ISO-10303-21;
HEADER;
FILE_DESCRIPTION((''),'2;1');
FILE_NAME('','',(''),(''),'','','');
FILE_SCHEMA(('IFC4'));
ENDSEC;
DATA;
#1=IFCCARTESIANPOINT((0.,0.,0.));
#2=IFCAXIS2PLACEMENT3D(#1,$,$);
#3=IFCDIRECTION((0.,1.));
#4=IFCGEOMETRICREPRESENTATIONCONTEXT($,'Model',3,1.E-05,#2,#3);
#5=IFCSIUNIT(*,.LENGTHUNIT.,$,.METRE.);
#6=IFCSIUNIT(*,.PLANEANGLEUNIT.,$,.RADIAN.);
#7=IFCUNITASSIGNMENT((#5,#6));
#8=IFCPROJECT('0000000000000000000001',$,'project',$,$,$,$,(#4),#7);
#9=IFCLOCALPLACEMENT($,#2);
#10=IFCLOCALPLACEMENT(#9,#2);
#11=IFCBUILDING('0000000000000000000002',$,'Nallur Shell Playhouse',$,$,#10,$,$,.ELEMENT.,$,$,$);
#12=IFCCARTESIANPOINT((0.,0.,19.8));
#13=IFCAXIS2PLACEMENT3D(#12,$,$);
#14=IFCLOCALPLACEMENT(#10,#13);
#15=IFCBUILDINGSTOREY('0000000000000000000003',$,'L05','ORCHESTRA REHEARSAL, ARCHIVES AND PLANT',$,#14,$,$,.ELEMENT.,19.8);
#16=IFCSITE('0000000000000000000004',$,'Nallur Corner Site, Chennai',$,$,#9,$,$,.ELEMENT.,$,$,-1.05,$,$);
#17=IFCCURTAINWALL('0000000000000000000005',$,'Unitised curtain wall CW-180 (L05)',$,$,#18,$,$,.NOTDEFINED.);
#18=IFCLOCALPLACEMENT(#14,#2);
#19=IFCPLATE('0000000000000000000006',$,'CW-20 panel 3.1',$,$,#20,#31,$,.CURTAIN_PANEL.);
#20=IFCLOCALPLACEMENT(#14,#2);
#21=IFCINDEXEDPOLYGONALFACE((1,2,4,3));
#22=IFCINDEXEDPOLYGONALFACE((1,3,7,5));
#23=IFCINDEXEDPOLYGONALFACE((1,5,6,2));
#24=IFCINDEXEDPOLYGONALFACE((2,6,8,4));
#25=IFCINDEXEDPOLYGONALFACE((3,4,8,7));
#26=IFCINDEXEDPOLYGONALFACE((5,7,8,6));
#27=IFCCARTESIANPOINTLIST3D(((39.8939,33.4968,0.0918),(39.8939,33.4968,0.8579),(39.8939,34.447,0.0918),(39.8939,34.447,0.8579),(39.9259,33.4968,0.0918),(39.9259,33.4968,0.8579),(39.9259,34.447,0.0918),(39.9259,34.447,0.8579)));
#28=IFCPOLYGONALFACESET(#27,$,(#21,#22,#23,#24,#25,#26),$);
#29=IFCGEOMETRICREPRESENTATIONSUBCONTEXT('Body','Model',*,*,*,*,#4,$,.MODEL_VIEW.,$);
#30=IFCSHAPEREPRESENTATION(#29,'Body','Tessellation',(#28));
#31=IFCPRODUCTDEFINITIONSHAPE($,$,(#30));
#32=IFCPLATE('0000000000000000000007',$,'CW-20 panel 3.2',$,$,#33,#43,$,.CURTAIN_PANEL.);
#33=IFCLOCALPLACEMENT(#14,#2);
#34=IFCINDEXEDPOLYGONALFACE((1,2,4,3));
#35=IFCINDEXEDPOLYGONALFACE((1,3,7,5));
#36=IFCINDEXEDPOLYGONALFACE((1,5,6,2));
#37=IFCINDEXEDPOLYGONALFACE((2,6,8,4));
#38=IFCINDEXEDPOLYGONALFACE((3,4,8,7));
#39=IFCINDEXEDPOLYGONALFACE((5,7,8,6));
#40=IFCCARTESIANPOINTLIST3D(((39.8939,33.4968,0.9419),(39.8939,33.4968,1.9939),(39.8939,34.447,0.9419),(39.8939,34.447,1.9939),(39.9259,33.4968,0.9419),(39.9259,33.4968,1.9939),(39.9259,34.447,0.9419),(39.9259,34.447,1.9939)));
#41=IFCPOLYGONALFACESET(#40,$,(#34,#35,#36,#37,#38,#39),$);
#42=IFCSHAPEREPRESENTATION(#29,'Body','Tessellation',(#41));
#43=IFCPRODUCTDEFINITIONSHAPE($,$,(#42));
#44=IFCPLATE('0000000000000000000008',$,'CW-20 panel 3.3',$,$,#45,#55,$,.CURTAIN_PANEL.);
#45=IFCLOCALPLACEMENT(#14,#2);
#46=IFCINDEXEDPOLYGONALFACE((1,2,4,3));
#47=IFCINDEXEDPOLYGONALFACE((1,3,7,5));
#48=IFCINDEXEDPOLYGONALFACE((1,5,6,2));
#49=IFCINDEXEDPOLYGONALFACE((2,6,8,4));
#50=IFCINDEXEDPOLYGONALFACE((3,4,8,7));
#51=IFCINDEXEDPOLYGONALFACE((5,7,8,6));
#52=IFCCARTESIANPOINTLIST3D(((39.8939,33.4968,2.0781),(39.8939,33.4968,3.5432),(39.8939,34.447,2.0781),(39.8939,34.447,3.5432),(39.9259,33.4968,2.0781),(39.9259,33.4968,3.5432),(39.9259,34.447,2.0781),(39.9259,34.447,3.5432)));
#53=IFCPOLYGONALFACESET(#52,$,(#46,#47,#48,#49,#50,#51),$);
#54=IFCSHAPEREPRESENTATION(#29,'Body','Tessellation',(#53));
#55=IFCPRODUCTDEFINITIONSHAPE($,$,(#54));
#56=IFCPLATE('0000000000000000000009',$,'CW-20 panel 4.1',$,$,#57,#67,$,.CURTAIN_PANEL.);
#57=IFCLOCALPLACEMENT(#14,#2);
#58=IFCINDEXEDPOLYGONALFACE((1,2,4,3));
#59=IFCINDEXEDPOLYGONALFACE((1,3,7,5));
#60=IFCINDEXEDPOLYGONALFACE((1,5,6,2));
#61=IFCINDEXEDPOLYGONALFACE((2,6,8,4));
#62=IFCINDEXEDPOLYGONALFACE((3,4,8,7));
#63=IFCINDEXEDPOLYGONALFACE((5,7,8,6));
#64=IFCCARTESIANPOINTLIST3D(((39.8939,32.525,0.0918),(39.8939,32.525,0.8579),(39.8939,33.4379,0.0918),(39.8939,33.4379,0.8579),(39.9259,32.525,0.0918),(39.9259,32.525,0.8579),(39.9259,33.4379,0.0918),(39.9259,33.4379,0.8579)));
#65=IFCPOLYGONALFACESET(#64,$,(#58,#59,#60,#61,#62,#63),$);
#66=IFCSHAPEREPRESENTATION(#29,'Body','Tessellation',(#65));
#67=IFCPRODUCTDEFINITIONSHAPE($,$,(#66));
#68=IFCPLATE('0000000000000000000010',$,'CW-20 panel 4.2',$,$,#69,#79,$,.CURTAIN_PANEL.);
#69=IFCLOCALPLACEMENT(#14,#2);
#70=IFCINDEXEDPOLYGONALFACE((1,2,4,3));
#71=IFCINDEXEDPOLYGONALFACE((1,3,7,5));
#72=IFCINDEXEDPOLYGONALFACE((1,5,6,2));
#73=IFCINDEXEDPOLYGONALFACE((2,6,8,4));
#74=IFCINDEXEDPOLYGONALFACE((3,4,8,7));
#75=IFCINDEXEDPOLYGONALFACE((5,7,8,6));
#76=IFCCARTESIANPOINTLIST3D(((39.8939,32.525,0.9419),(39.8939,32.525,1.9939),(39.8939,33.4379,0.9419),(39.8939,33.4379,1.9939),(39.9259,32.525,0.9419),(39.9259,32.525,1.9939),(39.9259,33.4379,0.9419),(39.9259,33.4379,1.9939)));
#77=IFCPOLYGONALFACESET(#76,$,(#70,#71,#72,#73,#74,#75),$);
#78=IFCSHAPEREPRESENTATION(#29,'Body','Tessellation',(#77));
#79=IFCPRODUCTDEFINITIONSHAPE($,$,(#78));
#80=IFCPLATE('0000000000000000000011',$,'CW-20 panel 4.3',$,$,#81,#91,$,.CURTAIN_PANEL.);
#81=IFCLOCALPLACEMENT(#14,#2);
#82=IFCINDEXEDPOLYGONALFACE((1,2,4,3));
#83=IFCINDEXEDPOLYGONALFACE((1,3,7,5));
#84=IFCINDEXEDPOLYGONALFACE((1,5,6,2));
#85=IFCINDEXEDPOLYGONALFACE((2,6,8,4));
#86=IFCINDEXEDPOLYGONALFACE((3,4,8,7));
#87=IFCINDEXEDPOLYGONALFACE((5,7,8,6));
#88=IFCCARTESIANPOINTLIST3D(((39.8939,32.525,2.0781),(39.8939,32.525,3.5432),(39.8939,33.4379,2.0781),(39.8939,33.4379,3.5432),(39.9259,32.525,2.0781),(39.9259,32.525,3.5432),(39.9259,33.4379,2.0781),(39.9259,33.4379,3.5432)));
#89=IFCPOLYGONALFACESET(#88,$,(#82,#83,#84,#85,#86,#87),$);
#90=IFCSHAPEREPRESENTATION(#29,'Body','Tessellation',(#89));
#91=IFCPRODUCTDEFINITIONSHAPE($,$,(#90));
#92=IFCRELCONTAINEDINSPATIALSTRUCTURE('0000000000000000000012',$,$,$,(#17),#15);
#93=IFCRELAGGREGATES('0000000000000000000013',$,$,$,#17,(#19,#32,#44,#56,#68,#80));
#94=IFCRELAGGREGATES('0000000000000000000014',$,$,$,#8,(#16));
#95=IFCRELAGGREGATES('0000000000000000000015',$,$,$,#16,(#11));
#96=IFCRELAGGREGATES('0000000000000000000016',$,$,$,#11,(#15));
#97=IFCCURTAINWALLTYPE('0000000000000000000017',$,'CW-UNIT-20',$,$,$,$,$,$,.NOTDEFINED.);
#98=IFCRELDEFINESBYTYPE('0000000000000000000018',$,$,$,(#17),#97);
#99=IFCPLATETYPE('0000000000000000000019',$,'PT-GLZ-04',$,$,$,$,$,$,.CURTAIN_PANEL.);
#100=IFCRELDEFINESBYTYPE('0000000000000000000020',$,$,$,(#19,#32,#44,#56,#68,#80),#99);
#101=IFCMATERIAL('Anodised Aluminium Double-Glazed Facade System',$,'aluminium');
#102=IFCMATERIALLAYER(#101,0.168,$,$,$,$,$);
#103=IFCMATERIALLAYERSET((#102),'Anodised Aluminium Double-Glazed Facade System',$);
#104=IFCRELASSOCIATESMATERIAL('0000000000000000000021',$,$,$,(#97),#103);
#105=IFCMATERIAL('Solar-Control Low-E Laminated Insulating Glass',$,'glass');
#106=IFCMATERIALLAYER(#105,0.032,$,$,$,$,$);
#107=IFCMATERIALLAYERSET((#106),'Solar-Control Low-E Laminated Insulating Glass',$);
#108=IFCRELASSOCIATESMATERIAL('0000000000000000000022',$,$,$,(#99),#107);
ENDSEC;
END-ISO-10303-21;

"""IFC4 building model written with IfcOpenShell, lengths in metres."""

from ifc_helpers import new_model, si_unit, direction, frame, origin, origin_2d, place, context, subcontext, project, spatial, rectangle, extrude, material, layer, layer_set, type_object, element, aggregate, save


model = new_model("IFC4")

# Units and contexts
model_context = context("Model", 3, precision=1e-05, world=origin(), true_north=direction((0.0, 1.0)))
body_context = subcontext(model_context, "Body", "Model", "MODEL_VIEW")
ifc_project = project(units=[si_unit("LENGTHUNIT", "METRE"), si_unit("PLANEANGLEUNIT", "RADIAN")], contexts=[model_context])

# Site, building, storey
site_placement = place(None, origin())
site = spatial("IfcSite", under=ifc_project, at=site_placement, Name="Nallur Corner Site, Chennai", CompositionType="ELEMENT", RefElevation=-1.05)
building_placement = place(site_placement, origin())
building = spatial("IfcBuilding", under=site, at=building_placement, Name="Nallur Shell Playhouse", CompositionType="ELEMENT")
storey_placement = place(building_placement, frame((0.0, 0.0, 19.8)))
storey = spatial("IfcBuildingStorey", under=building, at=storey_placement, Name="L05", Description="ORCHESTRA REHEARSAL, ARCHIVES AND PLANT", CompositionType="ELEMENT", Elevation=19.8)

# Curtain wall, plates
ifc_material_1 = material(Name="Anodised Aluminium Double-Glazed Facade System", Category="aluminium")
ifc_layer_1 = layer(ifc_material_1, 0.168)
ifc_layer_set_1 = layer_set([ifc_layer_1], Name="Anodised Aluminium Double-Glazed Facade System")
curtain_wall_type = type_object("IfcCurtainWallType", Name="CW-UNIT-20", PredefinedType="NOTDEFINED", material=ifc_layer_set_1)
curtain_wall_placement = place(storey_placement, origin())
curtain_wall = element("IfcCurtainWall", 1, at=curtain_wall_placement, inside=storey, type_object=curtain_wall_type, Name="Unitised curtain wall CW-180 (L05)", PredefinedType="NOTDEFINED")
ifc_material_2 = material(Name="Solar-Control Low-E Laminated Insulating Glass", Category="glass")
ifc_layer_2 = layer(ifc_material_2, 0.032)
ifc_layer_set_2 = layer_set([ifc_layer_2], Name="Solar-Control Low-E Laminated Insulating Glass")
plate_type = type_object("IfcPlateType", Name="PT-GLZ-04", PredefinedType="CURTAIN_PANEL", material=ifc_layer_set_2)
plate_1_placement = place(storey_placement, frame((39.9099, 33.9719, 0.0918), z_axis=(0.0, 0.0, 1.0), x_axis=(0.0, -1.0, 0.0)))
plate_1 = element("IfcPlate", 2, at=plate_1_placement, type_object=plate_type, Name="CW-20 panel 3.1", PredefinedType="CURTAIN_PANEL", context=body_context, shape_type="SweptSolid", body=[
    extrude(rectangle(XDim=0.9502, YDim=0.032, at=origin_2d()), origin(), (0.0, 0.0, 1.0), 0.7661),
])
plate_2_placement = place(storey_placement, frame((39.9099, 33.9719, 0.9419), z_axis=(0.0, 0.0, 1.0), x_axis=(0.0, -1.0, 0.0)))
plate_2 = element("IfcPlate", 3, at=plate_2_placement, type_object=plate_type, Name="CW-20 panel 3.2", PredefinedType="CURTAIN_PANEL", context=body_context, shape_type="SweptSolid", body=[
    extrude(rectangle(XDim=0.9502, YDim=0.032, at=origin_2d()), origin(), (0.0, 0.0, 1.0), 1.052),
])
plate_3_placement = place(storey_placement, frame((39.9099, 33.9719, 2.0781), z_axis=(0.0, 0.0, 1.0), x_axis=(0.0, -1.0, 0.0)))
plate_3 = element("IfcPlate", 4, at=plate_3_placement, type_object=plate_type, Name="CW-20 panel 3.3", PredefinedType="CURTAIN_PANEL", context=body_context, shape_type="SweptSolid", body=[
    extrude(rectangle(XDim=0.9502, YDim=0.032, at=origin_2d()), origin(), (0.0, 0.0, 1.0), 1.4651),
])
plate_4_placement = place(storey_placement, frame((39.9099, 32.9814, 0.0918), z_axis=(0.0, 0.0, 1.0), x_axis=(0.0, -1.0, 0.0)))
plate_4 = element("IfcPlate", 5, at=plate_4_placement, type_object=plate_type, Name="CW-20 panel 4.1", PredefinedType="CURTAIN_PANEL", context=body_context, shape_type="SweptSolid", body=[
    extrude(rectangle(XDim=0.9128, YDim=0.032, at=origin_2d()), origin(), (0.0, 0.0, 1.0), 0.7661),
])
plate_5_placement = place(storey_placement, frame((39.9099, 32.9814, 0.9419), z_axis=(0.0, 0.0, 1.0), x_axis=(0.0, -1.0, 0.0)))
plate_5 = element("IfcPlate", 6, at=plate_5_placement, type_object=plate_type, Name="CW-20 panel 4.2", PredefinedType="CURTAIN_PANEL", context=body_context, shape_type="SweptSolid", body=[
    extrude(rectangle(XDim=0.9128, YDim=0.032, at=origin_2d()), origin(), (0.0, 0.0, 1.0), 1.052),
])
plate_6_placement = place(storey_placement, frame((39.9099, 32.9814, 2.0781), z_axis=(0.0, 0.0, 1.0), x_axis=(0.0, -1.0, 0.0)))
plate_6 = element("IfcPlate", 7, at=plate_6_placement, type_object=plate_type, Name="CW-20 panel 4.3", PredefinedType="CURTAIN_PANEL", context=body_context, shape_type="SweptSolid", body=[
    extrude(rectangle(XDim=0.9128, YDim=0.032, at=origin_2d()), origin(), (0.0, 0.0, 1.0), 1.4651),
])
aggregate(curtain_wall, [plate_1, plate_2, plate_3, plate_4, plate_5, plate_6])

save(model, "model.ifc")
